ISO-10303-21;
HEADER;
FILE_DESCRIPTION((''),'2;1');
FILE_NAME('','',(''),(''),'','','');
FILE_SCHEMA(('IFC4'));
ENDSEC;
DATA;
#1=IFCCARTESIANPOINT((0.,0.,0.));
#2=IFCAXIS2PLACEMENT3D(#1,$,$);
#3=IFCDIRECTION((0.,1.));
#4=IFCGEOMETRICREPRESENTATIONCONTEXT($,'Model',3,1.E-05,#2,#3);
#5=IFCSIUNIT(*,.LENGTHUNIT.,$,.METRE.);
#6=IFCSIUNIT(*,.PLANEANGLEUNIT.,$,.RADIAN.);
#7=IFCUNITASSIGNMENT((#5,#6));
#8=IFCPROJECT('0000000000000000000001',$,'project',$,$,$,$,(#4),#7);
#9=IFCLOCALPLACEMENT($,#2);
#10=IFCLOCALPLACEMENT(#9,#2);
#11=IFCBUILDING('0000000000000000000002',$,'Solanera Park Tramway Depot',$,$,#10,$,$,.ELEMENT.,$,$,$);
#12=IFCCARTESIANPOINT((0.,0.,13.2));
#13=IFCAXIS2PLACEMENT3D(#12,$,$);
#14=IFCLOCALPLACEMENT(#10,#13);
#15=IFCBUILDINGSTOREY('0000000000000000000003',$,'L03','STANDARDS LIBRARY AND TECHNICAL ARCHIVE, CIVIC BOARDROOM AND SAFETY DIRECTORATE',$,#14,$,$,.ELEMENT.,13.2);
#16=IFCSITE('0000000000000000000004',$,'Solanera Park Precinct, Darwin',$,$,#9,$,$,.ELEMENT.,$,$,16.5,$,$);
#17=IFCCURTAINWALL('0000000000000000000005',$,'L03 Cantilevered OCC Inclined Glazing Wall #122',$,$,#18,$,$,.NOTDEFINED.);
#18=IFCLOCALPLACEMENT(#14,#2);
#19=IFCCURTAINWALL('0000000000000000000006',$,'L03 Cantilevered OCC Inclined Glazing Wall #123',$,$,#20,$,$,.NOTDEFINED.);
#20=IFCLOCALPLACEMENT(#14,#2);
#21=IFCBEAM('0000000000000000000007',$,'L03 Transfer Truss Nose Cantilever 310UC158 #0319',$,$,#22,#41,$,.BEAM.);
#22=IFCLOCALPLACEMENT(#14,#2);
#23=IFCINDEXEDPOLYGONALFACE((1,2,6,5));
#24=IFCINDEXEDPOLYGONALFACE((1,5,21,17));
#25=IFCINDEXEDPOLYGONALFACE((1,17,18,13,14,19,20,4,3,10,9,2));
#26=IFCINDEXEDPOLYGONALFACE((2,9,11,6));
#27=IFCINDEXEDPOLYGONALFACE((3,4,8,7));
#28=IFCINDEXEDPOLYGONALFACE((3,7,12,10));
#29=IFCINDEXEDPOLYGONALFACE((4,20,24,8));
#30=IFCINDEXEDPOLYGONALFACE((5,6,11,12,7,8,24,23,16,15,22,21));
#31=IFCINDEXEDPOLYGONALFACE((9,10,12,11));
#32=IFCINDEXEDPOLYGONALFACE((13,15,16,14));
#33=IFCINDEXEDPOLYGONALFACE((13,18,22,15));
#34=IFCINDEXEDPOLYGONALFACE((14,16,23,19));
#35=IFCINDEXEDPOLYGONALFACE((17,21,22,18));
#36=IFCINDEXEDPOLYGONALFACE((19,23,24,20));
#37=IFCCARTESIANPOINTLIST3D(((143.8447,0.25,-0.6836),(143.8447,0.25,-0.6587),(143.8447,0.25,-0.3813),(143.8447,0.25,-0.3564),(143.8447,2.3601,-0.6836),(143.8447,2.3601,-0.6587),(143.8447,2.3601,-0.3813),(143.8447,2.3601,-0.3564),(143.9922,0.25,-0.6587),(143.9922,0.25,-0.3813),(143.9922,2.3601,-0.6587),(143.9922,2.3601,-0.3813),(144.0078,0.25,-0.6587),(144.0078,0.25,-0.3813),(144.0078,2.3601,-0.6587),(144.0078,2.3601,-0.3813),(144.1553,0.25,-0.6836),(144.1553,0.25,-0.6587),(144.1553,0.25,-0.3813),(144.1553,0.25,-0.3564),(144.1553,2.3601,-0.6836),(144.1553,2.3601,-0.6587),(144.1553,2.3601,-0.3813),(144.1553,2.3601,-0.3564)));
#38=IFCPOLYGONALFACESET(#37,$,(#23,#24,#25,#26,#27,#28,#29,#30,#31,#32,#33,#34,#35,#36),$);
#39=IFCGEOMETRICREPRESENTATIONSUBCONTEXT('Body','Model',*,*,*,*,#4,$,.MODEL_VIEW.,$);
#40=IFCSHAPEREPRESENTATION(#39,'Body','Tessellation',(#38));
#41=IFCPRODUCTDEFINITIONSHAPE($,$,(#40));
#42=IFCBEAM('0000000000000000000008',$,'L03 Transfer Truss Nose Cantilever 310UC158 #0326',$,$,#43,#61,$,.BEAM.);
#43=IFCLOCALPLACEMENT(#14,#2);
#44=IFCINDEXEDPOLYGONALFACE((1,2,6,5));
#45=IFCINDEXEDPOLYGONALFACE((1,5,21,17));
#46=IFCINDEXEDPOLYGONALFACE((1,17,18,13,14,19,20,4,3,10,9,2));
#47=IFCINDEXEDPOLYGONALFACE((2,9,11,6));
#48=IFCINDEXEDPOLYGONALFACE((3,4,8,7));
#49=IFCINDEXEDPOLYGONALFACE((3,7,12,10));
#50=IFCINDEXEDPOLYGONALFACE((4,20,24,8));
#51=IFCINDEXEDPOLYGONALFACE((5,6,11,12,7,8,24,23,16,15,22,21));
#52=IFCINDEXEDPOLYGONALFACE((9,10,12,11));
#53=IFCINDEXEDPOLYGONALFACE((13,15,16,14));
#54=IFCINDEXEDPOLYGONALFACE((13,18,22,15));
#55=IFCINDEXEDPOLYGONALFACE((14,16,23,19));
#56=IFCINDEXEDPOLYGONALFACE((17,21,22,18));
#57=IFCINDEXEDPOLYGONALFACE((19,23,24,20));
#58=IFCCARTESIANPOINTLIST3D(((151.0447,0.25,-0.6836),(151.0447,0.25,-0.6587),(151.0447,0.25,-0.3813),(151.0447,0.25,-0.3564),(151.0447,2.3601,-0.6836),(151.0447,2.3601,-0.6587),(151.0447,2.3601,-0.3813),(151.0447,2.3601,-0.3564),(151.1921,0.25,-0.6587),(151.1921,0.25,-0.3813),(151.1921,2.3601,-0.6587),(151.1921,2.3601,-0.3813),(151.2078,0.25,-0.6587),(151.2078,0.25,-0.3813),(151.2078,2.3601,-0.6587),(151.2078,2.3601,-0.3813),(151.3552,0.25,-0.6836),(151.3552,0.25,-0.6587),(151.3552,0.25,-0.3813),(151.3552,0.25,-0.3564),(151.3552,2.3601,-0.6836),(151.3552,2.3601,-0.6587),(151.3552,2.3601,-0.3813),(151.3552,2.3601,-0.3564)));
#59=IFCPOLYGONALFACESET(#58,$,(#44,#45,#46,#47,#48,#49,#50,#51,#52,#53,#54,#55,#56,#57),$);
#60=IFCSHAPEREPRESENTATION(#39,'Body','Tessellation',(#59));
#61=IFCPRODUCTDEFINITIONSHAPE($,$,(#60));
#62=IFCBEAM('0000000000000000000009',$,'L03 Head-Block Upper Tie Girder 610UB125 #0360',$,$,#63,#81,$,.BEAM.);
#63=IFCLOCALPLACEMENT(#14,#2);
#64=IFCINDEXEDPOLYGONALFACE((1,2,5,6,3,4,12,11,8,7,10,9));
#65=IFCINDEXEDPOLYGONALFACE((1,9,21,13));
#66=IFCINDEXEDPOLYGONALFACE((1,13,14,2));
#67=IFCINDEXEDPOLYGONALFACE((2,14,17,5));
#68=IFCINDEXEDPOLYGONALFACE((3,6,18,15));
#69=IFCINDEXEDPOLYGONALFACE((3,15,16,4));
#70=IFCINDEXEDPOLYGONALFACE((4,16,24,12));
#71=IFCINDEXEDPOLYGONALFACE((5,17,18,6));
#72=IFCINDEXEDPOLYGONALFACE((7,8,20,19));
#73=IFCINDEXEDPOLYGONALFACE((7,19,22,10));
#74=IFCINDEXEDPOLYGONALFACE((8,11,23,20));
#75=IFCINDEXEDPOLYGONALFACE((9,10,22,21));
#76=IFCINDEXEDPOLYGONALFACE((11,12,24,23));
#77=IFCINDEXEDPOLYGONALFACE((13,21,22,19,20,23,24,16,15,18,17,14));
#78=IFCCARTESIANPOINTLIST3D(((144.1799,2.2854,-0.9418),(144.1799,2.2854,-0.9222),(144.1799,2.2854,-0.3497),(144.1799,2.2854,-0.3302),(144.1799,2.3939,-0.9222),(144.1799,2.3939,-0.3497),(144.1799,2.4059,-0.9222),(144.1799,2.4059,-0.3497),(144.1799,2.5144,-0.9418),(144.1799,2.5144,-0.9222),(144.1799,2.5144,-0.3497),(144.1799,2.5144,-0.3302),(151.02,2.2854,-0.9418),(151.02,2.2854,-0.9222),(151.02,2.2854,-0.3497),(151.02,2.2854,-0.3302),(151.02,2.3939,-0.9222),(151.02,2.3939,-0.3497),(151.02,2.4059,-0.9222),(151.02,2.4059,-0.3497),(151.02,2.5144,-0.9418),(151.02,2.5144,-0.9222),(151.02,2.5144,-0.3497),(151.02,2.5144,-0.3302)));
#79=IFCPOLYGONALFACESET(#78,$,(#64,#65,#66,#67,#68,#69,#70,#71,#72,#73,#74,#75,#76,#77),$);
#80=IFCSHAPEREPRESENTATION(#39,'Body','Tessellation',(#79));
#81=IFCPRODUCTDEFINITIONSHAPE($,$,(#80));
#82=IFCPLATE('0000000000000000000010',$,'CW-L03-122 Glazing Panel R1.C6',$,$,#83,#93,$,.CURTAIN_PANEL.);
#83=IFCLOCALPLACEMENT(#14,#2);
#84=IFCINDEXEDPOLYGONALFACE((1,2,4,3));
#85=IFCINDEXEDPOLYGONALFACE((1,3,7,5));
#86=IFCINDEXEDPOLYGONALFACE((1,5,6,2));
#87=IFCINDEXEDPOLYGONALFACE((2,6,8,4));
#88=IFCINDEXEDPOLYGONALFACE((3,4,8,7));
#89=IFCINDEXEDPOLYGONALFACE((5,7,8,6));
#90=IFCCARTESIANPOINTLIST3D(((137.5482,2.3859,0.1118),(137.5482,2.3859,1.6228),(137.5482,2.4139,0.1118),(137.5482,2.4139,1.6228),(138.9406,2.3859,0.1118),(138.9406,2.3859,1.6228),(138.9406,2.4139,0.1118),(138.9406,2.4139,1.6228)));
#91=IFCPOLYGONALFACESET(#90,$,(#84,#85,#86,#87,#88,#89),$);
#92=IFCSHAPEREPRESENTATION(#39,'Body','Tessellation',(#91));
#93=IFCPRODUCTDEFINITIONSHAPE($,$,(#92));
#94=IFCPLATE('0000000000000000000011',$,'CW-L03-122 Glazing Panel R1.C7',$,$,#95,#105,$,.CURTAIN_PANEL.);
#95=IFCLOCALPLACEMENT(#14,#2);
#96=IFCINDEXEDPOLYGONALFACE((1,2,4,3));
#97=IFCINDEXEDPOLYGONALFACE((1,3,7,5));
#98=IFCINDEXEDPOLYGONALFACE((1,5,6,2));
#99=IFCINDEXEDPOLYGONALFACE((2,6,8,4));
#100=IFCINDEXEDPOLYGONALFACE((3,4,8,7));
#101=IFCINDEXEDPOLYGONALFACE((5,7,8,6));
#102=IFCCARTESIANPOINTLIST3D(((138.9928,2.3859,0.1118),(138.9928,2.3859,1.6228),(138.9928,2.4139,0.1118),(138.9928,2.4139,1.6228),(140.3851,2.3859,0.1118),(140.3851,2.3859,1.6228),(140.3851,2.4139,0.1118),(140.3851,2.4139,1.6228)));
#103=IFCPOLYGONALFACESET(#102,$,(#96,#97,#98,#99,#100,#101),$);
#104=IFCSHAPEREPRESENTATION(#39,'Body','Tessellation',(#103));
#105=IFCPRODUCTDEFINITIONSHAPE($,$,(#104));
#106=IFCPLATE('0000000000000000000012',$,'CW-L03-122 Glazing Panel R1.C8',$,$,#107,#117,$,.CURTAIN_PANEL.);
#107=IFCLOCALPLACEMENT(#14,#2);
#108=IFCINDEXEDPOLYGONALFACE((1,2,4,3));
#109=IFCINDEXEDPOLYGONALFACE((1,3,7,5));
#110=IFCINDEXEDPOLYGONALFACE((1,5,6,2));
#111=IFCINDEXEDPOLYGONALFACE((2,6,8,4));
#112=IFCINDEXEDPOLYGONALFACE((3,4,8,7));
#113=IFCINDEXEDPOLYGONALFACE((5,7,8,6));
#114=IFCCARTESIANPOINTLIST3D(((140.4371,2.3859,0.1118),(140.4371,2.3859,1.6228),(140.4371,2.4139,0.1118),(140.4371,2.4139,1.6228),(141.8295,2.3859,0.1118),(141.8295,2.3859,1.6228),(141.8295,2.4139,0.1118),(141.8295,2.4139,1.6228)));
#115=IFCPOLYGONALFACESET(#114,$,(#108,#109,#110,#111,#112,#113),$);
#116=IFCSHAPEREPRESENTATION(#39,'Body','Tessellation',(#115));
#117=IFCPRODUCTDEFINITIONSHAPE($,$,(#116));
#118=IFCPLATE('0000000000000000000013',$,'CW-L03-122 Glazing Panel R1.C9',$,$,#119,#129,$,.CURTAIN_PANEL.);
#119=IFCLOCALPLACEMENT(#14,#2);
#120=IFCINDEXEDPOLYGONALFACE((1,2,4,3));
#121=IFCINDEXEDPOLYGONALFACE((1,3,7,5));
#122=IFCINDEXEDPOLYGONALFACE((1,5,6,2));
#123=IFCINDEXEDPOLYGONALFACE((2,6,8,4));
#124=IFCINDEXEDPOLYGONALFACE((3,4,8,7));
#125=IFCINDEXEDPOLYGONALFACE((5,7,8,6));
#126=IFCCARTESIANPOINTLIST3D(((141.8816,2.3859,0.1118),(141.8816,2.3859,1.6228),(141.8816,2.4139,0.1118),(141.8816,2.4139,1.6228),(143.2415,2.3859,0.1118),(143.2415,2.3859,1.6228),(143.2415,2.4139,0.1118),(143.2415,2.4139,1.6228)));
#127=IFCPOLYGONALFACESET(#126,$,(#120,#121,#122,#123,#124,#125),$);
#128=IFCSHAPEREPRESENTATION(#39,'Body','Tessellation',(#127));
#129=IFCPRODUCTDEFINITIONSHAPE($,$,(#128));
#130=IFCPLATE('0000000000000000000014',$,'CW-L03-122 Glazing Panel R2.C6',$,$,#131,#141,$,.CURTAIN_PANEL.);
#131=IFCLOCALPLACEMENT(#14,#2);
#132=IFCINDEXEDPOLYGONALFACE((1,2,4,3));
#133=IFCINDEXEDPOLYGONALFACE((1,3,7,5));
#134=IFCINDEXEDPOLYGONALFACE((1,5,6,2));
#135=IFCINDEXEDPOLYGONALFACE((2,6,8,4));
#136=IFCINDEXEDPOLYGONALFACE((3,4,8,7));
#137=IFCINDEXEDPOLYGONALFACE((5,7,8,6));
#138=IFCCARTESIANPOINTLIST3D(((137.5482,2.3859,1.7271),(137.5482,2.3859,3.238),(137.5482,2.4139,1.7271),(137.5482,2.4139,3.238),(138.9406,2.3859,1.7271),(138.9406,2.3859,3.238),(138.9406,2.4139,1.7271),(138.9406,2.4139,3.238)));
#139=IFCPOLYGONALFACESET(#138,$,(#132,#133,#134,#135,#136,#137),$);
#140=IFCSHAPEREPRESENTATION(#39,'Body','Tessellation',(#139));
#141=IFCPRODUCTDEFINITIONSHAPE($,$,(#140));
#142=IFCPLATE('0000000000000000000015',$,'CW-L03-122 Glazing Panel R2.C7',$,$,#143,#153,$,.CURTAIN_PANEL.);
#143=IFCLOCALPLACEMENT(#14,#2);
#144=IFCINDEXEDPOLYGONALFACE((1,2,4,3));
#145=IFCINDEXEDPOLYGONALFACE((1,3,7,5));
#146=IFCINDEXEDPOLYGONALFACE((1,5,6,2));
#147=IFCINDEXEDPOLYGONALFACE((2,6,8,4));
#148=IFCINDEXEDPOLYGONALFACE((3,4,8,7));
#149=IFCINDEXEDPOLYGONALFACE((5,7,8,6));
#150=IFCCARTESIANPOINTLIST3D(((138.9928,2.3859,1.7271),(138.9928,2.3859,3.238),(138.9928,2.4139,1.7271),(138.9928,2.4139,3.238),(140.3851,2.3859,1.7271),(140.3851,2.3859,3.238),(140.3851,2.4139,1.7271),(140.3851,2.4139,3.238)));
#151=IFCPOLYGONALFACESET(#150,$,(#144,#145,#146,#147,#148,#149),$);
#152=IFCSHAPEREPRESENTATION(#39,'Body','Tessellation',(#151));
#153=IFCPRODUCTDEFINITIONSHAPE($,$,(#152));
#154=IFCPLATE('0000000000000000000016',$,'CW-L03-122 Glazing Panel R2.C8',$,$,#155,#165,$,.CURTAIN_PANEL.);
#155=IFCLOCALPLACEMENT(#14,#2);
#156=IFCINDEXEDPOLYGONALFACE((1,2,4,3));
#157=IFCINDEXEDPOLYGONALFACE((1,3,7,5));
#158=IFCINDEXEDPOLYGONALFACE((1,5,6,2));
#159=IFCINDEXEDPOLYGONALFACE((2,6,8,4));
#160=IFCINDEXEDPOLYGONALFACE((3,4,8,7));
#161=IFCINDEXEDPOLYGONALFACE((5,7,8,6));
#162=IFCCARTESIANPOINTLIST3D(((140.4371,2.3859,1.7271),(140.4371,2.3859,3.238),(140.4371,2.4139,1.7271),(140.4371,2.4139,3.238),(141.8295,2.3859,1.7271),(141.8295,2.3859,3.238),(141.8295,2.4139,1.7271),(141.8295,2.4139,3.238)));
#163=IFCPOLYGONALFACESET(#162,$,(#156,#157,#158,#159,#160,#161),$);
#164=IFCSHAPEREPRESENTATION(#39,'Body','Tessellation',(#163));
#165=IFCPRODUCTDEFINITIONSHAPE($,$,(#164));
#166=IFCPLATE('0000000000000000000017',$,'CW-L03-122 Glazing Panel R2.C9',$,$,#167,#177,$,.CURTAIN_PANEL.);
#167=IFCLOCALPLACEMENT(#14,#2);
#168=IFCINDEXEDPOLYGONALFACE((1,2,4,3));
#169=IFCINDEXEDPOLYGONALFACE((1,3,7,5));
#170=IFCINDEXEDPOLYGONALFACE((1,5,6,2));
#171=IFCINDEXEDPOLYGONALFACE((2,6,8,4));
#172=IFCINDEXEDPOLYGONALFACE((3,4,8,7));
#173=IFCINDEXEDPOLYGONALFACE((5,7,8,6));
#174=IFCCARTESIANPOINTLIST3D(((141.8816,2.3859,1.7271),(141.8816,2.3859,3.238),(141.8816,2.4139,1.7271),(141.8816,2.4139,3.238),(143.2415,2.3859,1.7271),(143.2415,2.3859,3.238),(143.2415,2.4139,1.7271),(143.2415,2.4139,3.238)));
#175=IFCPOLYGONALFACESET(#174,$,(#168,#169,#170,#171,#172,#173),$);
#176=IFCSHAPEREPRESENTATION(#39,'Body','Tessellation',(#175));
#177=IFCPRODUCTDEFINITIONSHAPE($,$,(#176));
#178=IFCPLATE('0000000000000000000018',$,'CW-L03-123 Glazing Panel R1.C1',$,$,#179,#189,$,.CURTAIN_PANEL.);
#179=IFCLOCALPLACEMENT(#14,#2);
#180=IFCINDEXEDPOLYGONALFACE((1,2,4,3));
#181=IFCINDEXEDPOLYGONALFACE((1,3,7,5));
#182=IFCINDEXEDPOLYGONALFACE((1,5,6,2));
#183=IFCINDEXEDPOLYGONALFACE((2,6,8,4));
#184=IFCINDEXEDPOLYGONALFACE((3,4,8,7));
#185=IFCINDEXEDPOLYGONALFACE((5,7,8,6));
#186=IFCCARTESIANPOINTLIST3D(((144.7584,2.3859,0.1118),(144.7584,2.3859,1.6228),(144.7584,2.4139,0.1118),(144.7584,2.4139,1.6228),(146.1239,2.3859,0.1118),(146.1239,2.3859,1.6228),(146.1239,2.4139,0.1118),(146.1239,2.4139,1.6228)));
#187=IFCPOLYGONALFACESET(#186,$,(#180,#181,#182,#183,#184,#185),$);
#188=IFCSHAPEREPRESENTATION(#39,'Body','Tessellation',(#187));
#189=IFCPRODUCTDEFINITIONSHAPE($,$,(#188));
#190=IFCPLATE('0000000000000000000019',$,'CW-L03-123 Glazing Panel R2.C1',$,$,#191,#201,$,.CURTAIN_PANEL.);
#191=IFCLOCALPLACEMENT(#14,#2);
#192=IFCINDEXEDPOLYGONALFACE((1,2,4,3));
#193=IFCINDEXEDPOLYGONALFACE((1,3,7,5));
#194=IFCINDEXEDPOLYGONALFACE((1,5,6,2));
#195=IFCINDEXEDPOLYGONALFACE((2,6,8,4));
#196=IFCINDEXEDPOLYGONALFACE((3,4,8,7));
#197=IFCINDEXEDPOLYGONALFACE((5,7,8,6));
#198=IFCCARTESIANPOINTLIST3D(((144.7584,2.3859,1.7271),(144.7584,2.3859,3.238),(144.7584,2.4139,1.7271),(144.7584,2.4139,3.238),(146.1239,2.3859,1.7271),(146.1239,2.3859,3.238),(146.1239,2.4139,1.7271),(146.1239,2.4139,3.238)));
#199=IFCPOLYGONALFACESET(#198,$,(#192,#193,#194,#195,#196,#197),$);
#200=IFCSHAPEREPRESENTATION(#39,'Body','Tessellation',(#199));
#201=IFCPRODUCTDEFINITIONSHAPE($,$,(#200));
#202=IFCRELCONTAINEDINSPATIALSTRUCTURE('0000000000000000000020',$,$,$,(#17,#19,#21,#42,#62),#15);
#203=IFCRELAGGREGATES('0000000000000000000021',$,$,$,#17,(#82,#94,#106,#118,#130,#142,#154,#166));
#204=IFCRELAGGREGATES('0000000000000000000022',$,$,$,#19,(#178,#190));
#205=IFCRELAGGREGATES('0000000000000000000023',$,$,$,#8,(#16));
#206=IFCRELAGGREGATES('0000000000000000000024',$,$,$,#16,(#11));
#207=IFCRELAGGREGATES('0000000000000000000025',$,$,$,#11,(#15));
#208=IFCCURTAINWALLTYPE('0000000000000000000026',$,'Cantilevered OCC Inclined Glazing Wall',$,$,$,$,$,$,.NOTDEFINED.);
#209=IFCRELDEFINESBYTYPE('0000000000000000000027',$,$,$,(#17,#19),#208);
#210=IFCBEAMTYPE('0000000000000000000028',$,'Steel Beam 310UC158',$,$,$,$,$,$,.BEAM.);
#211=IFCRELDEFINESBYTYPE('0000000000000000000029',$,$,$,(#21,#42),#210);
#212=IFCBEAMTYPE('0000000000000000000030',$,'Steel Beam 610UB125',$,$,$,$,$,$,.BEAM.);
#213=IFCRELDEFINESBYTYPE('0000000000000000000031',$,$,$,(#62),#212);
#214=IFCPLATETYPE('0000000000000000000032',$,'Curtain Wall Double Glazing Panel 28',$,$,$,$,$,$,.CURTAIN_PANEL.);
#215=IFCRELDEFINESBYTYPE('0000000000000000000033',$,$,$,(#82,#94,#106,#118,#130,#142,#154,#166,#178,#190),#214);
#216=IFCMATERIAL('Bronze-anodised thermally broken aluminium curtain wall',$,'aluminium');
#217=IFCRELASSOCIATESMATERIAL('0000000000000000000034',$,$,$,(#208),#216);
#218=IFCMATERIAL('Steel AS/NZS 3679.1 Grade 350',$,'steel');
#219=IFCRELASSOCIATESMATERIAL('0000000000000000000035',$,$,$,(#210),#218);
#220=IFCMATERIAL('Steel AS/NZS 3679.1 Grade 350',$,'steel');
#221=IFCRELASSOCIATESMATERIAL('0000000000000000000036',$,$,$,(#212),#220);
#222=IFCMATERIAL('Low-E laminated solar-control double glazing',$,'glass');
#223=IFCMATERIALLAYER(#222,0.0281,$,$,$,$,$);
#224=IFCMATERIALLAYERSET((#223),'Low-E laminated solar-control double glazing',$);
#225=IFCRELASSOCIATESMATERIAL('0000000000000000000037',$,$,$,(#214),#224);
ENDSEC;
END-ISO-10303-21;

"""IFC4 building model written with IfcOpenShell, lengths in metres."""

from ifc_helpers import new_model, si_unit, direction, frame, origin, origin_2d, place, context, subcontext, project, spatial, rectangle, i_section, extrude, material, layer, layer_set, material_profile, profile_set, type_object, element, aggregate, save


model = new_model("IFC4")

# Units and contexts
model_context = context("Model", 3, precision=1e-05, world=origin(), true_north=direction((0.0, 1.0)))
body_context = subcontext(model_context, "Body", "Model", "MODEL_VIEW")
ifc_project = project(units=[si_unit("LENGTHUNIT", "METRE"), si_unit("PLANEANGLEUNIT", "RADIAN")], contexts=[model_context])

# Site, building, storey
site_placement = place(None, origin())
site = spatial("IfcSite", under=ifc_project, at=site_placement, Name="Solanera Park Precinct, Darwin", CompositionType="ELEMENT", RefElevation=16.5)
building_placement = place(site_placement, origin())
building = spatial("IfcBuilding", under=site, at=building_placement, Name="Solanera Park Tramway Depot", CompositionType="ELEMENT")
storey_placement = place(building_placement, frame((0.0, 0.0, 13.2)))
storey = spatial("IfcBuildingStorey", under=building, at=storey_placement, Name="L03", Description="STANDARDS LIBRARY AND TECHNICAL ARCHIVE, CIVIC BOARDROOM AND SAFETY DIRECTORATE", CompositionType="ELEMENT", Elevation=13.2)

# Curtain walls
ifc_material_1 = material(Name="Bronze-anodised thermally broken aluminium curtain wall", Category="aluminium")
curtain_wall_type = type_object("IfcCurtainWallType", Name="Cantilevered OCC Inclined Glazing Wall", PredefinedType="NOTDEFINED", material=ifc_material_1)
curtain_wall_1_placement = place(storey_placement, origin())
curtain_wall_1 = element("IfcCurtainWall", 1, at=curtain_wall_1_placement, inside=storey, type_object=curtain_wall_type, Name="L03 Cantilevered OCC Inclined Glazing Wall #122", PredefinedType="NOTDEFINED")
curtain_wall_2_placement = place(storey_placement, origin())
curtain_wall_2 = element("IfcCurtainWall", 2, at=curtain_wall_2_placement, inside=storey, type_object=curtain_wall_type, Name="L03 Cantilevered OCC Inclined Glazing Wall #123", PredefinedType="NOTDEFINED")

# Beams
ifc_material_2 = material(Name="Steel AS/NZS 3679.1 Grade 350", Category="steel")
ifc_material_profile_1 = material_profile(ifc_material_2, i_section(OverallWidth=0.3105, OverallDepth=0.3271, WebThickness=0.0156, FlangeThickness=0.0249, at=origin_2d()), Name="310UC158")
ifc_profile_set_1 = profile_set([ifc_material_profile_1], Name="Steel AS/NZS 3679.1 Grade 350")
beam_type_1 = type_object("IfcBeamType", Name="Steel Beam 310UC158", PredefinedType="BEAM", material=ifc_profile_set_1)
for number, where, z_axis, x_axis, name in (
    (3, (144.0, 0.25, -0.52), (0.0, 1.0, 0.0), (-1.0, 0.0, 0.0), "L03 Transfer Truss Nose Cantilever 310UC158 #0319"),
    (4, (151.2, 0.25, -0.52), (0.0, 1.0, 0.0), (-1.0, 0.0, 0.0), "L03 Transfer Truss Nose Cantilever 310UC158 #0326"),
):
    element("IfcBeam", number, at=place(storey_placement, frame(where, z_axis=z_axis, x_axis=x_axis)), inside=storey, type_object=beam_type_1, Name=name, PredefinedType="BEAM", context=body_context, shape_type="SweptSolid", body=[
        extrude(i_section(OverallWidth=0.3105, OverallDepth=0.3271, WebThickness=0.0156, FlangeThickness=0.0249, at=origin_2d()), origin(), (0.0, 0.0, 1.0), 2.1101),
    ])
ifc_material_3 = material(Name="Steel AS/NZS 3679.1 Grade 350", Category="steel")
ifc_material_profile_2 = material_profile(ifc_material_3, i_section(OverallWidth=0.229, OverallDepth=0.6116, WebThickness=0.012, FlangeThickness=0.0195, at=origin_2d()), Name="610UB125")
ifc_profile_set_2 = profile_set([ifc_material_profile_2], Name="Steel AS/NZS 3679.1 Grade 350")
beam_type_2 = type_object("IfcBeamType", Name="Steel Beam 610UB125", PredefinedType="BEAM", material=ifc_profile_set_2)
beam_placement = place(storey_placement, frame((144.1799, 2.3999, -0.636), z_axis=(1.0, 0.0, 0.0), x_axis=(0.0, 1.0, 0.0)))
element("IfcBeam", 5, at=beam_placement, inside=storey, type_object=beam_type_2, Name="L03 Head-Block Upper Tie Girder 610UB125 #0360", PredefinedType="BEAM", context=body_context, shape_type="SweptSolid", body=[
    extrude(i_section(OverallWidth=0.229, OverallDepth=0.6116, WebThickness=0.012, FlangeThickness=0.0195, at=origin_2d()), origin(), (0.0, 0.0, 1.0), 6.8401),
])

# Plates
ifc_material_4 = material(Name="Low-E laminated solar-control double glazing", Category="glass")
ifc_layer_1 = layer(ifc_material_4, 0.0281)
ifc_layer_set_1 = layer_set([ifc_layer_1], Name="Low-E laminated solar-control double glazing")
plate_type_1 = type_object("IfcPlateType", Name="Curtain Wall Double Glazing Panel 28", PredefinedType="CURTAIN_PANEL", material=ifc_layer_set_1)
plate_1_placement = place(storey_placement, frame((138.2444, 2.3999, 0.1118), z_axis=(0.0, 0.0, 1.0), x_axis=(1.0, 0.0, 0.0)))
plate_1 = element("IfcPlate", 6, at=plate_1_placement, type_object=plate_type_1, Name="CW-L03-122 Glazing Panel R1.C6", PredefinedType="CURTAIN_PANEL", context=body_context, shape_type="SweptSolid", body=[
    extrude(rectangle(XDim=1.3923, YDim=0.0281, at=origin_2d()), origin(), (0.0, 0.0, 1.0), 1.511),
])
plate_2_placement = place(storey_placement, frame((139.689, 2.3999, 0.1118), z_axis=(0.0, 0.0, 1.0), x_axis=(1.0, 0.0, 0.0)))
plate_2 = element("IfcPlate", 7, at=plate_2_placement, type_object=plate_type_1, Name="CW-L03-122 Glazing Panel R1.C7", PredefinedType="CURTAIN_PANEL", context=body_context, shape_type="SweptSolid", body=[
    extrude(rectangle(XDim=1.3923, YDim=0.0281, at=origin_2d()), origin(), (0.0, 0.0, 1.0), 1.511),
])
plate_3_placement = place(storey_placement, frame((141.1333, 2.3999, 0.1118), z_axis=(0.0, 0.0, 1.0), x_axis=(1.0, 0.0, 0.0)))
plate_3 = element("IfcPlate", 8, at=plate_3_placement, type_object=plate_type_1, Name="CW-L03-122 Glazing Panel R1.C8", PredefinedType="CURTAIN_PANEL", context=body_context, shape_type="SweptSolid", body=[
    extrude(rectangle(XDim=1.3923, YDim=0.0281, at=origin_2d()), origin(), (0.0, 0.0, 1.0), 1.511),
])
plate_4_placement = place(storey_placement, frame((142.5615, 2.3999, 0.1118), z_axis=(0.0, 0.0, 1.0), x_axis=(1.0, 0.0, 0.0)))
plate_4 = element("IfcPlate", 9, at=plate_4_placement, type_object=plate_type_1, Name="CW-L03-122 Glazing Panel R1.C9", PredefinedType="CURTAIN_PANEL", context=body_context, shape_type="SweptSolid", body=[
    extrude(rectangle(XDim=1.3599, YDim=0.0281, at=origin_2d()), origin(), (0.0, 0.0, 1.0), 1.511),
])
plate_5_placement = place(storey_placement, frame((138.2444, 2.3999, 1.7271), z_axis=(0.0, 0.0, 1.0), x_axis=(1.0, 0.0, 0.0)))
plate_5 = element("IfcPlate", 10, at=plate_5_placement, type_object=plate_type_1, Name="CW-L03-122 Glazing Panel R2.C6", PredefinedType="CURTAIN_PANEL", context=body_context, shape_type="SweptSolid", body=[
    extrude(rectangle(XDim=1.3923, YDim=0.0281, at=origin_2d()), origin(), (0.0, 0.0, 1.0), 1.511),
])
plate_6_placement = place(storey_placement, frame((139.689, 2.3999, 1.7271), z_axis=(0.0, 0.0, 1.0), x_axis=(1.0, 0.0, 0.0)))
plate_6 = element("IfcPlate", 11, at=plate_6_placement, type_object=plate_type_1, Name="CW-L03-122 Glazing Panel R2.C7", PredefinedType="CURTAIN_PANEL", context=body_context, shape_type="SweptSolid", body=[
    extrude(rectangle(XDim=1.3923, YDim=0.0281, at=origin_2d()), origin(), (0.0, 0.0, 1.0), 1.511),
])
plate_7_placement = place(storey_placement, frame((141.1333, 2.3999, 1.7271), z_axis=(0.0, 0.0, 1.0), x_axis=(1.0, 0.0, 0.0)))
plate_7 = element("IfcPlate", 12, at=plate_7_placement, type_object=plate_type_1, Name="CW-L03-122 Glazing Panel R2.C8", PredefinedType="CURTAIN_PANEL", context=body_context, shape_type="SweptSolid", body=[
    extrude(rectangle(XDim=1.3923, YDim=0.0281, at=origin_2d()), origin(), (0.0, 0.0, 1.0), 1.511),
])
plate_8_placement = place(storey_placement, frame((142.5615, 2.3999, 1.7271), z_axis=(0.0, 0.0, 1.0), x_axis=(1.0, 0.0, 0.0)))
plate_8 = element("IfcPlate", 13, at=plate_8_placement, type_object=plate_type_1, Name="CW-L03-122 Glazing Panel R2.C9", PredefinedType="CURTAIN_PANEL", context=body_context, shape_type="SweptSolid", body=[
    extrude(rectangle(XDim=1.3599, YDim=0.0281, at=origin_2d()), origin(), (0.0, 0.0, 1.0), 1.511),
])
aggregate(curtain_wall_1, [plate_1, plate_2, plate_3, plate_4, plate_5, plate_6, plate_7, plate_8])
plate_9_placement = place(storey_placement, frame((145.4412, 2.3999, 0.1118), z_axis=(0.0, 0.0, 1.0), x_axis=(1.0, 0.0, 0.0)))
plate_9 = element("IfcPlate", 14, at=plate_9_placement, type_object=plate_type_1, Name="CW-L03-123 Glazing Panel R1.C1", PredefinedType="CURTAIN_PANEL", context=body_context, shape_type="SweptSolid", body=[
    extrude(rectangle(XDim=1.3655, YDim=0.0281, at=origin_2d()), origin(), (0.0, 0.0, 1.0), 1.511),
])
plate_10_placement = place(storey_placement, frame((145.4412, 2.3999, 1.7271), z_axis=(0.0, 0.0, 1.0), x_axis=(1.0, 0.0, 0.0)))
plate_10 = element("IfcPlate", 15, at=plate_10_placement, type_object=plate_type_1, Name="CW-L03-123 Glazing Panel R2.C1", PredefinedType="CURTAIN_PANEL", context=body_context, shape_type="SweptSolid", body=[
    extrude(rectangle(XDim=1.3655, YDim=0.0281, at=origin_2d()), origin(), (0.0, 0.0, 1.0), 1.511),
])
aggregate(curtain_wall_2, [plate_9, plate_10])

save(model, "model.ifc")
